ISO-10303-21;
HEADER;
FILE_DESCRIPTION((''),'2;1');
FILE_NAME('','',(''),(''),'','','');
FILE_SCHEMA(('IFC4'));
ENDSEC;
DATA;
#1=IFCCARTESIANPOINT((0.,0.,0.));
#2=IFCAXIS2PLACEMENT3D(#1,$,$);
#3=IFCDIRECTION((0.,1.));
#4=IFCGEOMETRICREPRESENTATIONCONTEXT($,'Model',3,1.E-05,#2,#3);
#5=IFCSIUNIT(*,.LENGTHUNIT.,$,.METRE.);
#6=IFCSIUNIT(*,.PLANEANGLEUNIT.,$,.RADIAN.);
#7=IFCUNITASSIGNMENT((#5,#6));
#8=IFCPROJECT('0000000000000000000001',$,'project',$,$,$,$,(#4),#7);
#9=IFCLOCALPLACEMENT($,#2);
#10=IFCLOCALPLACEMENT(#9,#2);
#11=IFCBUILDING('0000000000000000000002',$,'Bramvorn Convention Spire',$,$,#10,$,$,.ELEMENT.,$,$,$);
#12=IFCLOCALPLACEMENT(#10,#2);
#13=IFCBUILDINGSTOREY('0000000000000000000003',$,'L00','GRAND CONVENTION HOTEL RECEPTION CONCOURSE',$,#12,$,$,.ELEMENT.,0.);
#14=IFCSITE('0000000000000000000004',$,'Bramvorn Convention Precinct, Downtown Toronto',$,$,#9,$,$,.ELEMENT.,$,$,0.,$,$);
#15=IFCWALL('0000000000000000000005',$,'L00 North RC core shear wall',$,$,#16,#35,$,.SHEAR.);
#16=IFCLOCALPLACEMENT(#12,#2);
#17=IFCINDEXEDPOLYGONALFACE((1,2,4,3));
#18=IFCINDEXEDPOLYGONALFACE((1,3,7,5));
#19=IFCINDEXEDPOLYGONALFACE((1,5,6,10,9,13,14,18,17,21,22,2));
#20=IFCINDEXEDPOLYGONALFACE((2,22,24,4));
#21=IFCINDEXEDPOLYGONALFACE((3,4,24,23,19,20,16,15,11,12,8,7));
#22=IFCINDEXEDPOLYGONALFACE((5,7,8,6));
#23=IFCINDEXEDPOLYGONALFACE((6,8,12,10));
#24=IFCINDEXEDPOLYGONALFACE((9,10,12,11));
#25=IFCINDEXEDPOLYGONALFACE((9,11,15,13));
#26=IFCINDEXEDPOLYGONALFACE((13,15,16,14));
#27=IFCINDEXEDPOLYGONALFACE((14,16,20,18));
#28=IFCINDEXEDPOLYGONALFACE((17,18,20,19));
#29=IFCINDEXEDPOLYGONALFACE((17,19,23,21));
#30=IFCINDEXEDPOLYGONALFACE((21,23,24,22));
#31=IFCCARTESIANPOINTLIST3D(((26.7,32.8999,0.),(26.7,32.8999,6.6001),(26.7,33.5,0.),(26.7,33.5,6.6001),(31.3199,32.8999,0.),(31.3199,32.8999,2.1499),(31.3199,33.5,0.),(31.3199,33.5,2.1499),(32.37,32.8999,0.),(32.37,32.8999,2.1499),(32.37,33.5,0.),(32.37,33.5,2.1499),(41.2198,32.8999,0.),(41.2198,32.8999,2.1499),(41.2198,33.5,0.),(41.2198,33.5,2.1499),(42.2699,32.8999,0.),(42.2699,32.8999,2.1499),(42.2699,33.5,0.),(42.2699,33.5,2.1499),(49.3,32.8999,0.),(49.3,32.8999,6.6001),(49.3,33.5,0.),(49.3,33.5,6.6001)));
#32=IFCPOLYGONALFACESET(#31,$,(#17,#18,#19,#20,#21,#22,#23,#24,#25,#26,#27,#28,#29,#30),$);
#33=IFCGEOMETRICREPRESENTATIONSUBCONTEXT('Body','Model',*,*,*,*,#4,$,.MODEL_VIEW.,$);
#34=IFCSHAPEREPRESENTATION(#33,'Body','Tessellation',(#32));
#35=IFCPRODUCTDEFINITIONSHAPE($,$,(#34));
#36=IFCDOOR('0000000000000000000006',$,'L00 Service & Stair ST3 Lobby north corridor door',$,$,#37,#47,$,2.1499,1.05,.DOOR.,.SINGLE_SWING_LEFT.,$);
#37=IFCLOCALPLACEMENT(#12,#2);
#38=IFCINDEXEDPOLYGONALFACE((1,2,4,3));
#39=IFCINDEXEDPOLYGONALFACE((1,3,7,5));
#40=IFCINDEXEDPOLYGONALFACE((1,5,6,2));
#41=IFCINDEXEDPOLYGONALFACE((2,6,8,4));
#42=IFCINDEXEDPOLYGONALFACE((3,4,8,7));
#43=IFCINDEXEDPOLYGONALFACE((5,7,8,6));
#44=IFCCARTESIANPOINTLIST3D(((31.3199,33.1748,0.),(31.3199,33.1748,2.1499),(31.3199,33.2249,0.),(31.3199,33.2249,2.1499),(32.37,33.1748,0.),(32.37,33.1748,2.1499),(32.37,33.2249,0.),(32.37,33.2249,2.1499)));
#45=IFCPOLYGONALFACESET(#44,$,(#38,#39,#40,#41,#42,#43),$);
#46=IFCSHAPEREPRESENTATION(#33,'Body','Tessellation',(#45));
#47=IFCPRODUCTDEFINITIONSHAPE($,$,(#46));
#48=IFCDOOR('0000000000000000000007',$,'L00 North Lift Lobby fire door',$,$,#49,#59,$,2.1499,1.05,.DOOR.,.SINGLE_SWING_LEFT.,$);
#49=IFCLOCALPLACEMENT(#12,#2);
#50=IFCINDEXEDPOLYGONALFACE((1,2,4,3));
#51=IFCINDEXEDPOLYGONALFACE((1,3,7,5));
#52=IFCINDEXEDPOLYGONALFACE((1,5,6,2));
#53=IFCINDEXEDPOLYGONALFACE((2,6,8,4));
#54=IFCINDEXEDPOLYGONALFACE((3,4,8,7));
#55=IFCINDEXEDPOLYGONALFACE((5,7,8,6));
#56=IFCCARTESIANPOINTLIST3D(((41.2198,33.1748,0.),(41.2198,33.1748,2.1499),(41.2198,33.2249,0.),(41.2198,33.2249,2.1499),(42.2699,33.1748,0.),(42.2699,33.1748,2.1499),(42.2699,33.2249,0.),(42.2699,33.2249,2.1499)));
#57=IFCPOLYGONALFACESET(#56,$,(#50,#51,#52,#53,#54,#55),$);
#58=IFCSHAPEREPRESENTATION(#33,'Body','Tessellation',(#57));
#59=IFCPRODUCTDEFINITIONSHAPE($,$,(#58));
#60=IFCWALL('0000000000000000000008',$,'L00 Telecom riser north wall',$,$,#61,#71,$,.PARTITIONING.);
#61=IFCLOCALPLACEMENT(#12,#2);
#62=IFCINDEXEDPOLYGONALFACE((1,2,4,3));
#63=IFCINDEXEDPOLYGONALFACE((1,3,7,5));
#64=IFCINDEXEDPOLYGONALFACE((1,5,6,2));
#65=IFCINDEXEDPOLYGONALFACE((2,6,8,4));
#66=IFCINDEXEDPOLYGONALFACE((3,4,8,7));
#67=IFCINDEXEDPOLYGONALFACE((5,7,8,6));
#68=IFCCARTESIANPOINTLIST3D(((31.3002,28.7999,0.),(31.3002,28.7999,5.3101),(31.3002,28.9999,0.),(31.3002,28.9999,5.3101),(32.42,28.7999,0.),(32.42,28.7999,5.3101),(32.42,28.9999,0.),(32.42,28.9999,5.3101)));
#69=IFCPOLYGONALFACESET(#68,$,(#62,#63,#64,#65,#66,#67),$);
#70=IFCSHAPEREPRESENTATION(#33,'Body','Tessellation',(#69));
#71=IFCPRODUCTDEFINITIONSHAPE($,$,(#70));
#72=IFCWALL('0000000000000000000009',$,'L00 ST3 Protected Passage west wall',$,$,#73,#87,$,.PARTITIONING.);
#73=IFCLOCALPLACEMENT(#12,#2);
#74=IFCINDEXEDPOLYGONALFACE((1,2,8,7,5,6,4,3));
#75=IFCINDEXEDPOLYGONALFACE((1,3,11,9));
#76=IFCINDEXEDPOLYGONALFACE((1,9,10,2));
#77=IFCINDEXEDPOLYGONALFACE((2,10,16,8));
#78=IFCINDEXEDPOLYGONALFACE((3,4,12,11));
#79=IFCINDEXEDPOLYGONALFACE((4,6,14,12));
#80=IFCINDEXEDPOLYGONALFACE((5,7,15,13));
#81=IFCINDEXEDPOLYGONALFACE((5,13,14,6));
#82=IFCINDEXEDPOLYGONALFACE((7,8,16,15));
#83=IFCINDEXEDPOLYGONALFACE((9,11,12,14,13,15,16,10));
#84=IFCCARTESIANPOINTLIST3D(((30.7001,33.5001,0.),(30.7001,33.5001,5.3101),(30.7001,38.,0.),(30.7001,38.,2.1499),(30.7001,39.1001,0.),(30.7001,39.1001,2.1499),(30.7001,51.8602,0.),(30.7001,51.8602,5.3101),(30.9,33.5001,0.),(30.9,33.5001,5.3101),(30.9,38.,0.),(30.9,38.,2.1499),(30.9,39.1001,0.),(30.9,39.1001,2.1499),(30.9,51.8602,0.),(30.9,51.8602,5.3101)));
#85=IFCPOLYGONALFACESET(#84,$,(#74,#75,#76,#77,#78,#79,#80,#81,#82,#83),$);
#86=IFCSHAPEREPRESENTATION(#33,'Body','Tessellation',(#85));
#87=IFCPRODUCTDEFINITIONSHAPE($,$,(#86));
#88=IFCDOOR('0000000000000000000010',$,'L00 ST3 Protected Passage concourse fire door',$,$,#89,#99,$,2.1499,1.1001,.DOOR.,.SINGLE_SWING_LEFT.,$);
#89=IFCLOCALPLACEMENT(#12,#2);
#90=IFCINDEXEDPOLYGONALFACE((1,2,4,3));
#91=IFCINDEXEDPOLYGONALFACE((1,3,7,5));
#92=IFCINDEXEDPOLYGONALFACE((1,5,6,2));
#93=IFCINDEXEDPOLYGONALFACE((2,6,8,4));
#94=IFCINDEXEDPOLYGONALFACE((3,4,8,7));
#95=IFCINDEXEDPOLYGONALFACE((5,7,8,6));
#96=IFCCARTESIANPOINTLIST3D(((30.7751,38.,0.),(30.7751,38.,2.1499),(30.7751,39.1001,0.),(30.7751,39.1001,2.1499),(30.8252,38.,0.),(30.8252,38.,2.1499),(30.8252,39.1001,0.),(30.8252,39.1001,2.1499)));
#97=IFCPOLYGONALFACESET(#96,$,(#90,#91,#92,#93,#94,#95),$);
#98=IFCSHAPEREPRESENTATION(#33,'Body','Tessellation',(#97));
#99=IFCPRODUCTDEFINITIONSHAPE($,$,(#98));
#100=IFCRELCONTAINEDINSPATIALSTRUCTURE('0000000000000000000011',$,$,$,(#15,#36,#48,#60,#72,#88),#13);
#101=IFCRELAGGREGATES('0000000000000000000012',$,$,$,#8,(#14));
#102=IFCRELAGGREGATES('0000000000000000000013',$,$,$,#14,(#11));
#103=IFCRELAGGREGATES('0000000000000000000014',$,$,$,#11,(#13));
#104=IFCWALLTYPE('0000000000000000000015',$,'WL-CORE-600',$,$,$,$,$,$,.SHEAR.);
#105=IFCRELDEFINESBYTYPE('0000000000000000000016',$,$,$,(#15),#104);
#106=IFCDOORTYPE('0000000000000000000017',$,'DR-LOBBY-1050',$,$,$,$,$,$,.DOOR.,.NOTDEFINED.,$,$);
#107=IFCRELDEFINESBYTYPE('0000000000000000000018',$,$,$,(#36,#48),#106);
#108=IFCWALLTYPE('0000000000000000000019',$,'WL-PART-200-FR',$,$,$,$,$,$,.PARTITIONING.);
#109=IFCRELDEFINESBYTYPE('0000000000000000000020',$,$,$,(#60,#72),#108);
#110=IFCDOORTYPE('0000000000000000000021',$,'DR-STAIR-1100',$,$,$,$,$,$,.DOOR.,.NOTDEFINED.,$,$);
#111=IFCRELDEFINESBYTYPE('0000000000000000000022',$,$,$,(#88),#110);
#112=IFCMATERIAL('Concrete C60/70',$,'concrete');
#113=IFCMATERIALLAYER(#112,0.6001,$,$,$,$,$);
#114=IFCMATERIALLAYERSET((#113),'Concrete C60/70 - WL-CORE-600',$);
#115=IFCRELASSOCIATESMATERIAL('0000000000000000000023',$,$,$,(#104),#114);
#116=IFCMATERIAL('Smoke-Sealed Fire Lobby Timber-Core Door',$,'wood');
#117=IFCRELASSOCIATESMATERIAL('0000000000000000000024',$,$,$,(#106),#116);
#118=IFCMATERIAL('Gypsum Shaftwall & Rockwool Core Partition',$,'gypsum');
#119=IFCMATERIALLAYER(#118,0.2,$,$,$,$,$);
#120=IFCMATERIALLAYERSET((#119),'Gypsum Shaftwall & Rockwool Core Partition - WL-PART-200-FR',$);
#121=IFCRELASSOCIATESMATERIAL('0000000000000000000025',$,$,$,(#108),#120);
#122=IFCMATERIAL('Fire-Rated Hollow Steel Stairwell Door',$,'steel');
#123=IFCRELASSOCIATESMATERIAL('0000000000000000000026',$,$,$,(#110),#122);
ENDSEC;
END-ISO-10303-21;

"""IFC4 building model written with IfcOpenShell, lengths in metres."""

from ifc_helpers import new_model, si_unit, direction, frame, frame_2d, origin, place, context, subcontext, project, spatial, rectangle, extrude, material, layer, layer_set, type_object, element, fill, save


model = new_model("IFC4")

# Units and contexts
model_context = context("Model", 3, precision=1e-05, world=origin(), true_north=direction((0.0, 1.0)))
body_context = subcontext(model_context, "Body", "Model", "MODEL_VIEW")
ifc_project = project(units=[si_unit("LENGTHUNIT", "METRE"), si_unit("PLANEANGLEUNIT", "RADIAN")], contexts=[model_context])

# Site, building, storey
site_placement = place(None, origin())
site = spatial("IfcSite", under=ifc_project, at=site_placement, Name="Bramvorn Convention Precinct, Downtown Toronto", CompositionType="ELEMENT", RefElevation=0.0)
building_placement = place(site_placement, origin())
building = spatial("IfcBuilding", under=site, at=building_placement, Name="Bramvorn Convention Spire", CompositionType="ELEMENT")
storey_placement = place(building_placement, origin())
storey = spatial("IfcBuildingStorey", under=building, at=storey_placement, Name="L00", Description="GRAND CONVENTION HOTEL RECEPTION CONCOURSE", CompositionType="ELEMENT", Elevation=0.0)

# Wall, openings, doors
ifc_material_1 = material(Name="Concrete C60/70", Category="concrete")
ifc_layer_1 = layer(ifc_material_1, 0.6001)
ifc_layer_set_1 = layer_set([ifc_layer_1], Name="Concrete C60/70 - WL-CORE-600")
wall_type_1 = type_object("IfcWallType", Name="WL-CORE-600", PredefinedType="SHEAR", material=ifc_layer_set_1)
wall_1_placement = place(storey_placement, frame((26.7, 33.2, 0.0), z_axis=(0.0, 0.0, 1.0), x_axis=(1.0, 0.0, 0.0)))
wall_1 = element("IfcWall", 1, at=wall_1_placement, inside=storey, type_object=wall_type_1, Name="L00 North RC core shear wall", PredefinedType="SHEAR", context=body_context, shape_type="SweptSolid", body=[
    extrude(rectangle(XDim=22.6001, YDim=0.6001, at=frame_2d((11.3, 0.0))), origin(), (0.0, 0.0, 1.0), 6.6001),
])
opening_1_placement = place(wall_1_placement, frame((4.6201, 0.0, 0.0)))
opening_1 = element("IfcOpeningElement", 2, at=opening_1_placement, cuts=wall_1, PredefinedType="OPENING", context=body_context, shape_type="SweptSolid", body=[
    extrude(rectangle(XDim=1.05, YDim=2.1499, at=frame_2d((0.5249, 1.075))), frame((0.0, 0.3101, 0.0), z_axis=(0.0, -1.0, 0.0), x_axis=(1.0, 0.0, 0.0)), (0.0, 0.0, 1.0), 0.6201),
])
opening_2_placement = place(wall_1_placement, frame((14.52, 0.0, 0.0)))
opening_2 = element("IfcOpeningElement", 3, at=opening_2_placement, cuts=wall_1, PredefinedType="OPENING", context=body_context, shape_type="SweptSolid", body=[
    extrude(rectangle(XDim=1.05, YDim=2.1499, at=frame_2d((0.5249, 1.075))), frame((0.0, 0.3101, 0.0), z_axis=(0.0, -1.0, 0.0), x_axis=(1.0, 0.0, 0.0)), (0.0, 0.0, 1.0), 0.6201),
])
ifc_material_2 = material(Name="Smoke-Sealed Fire Lobby Timber-Core Door", Category="wood")
door_type_1 = type_object("IfcDoorType", Name="DR-LOBBY-1050", OperationType="NOTDEFINED", PredefinedType="DOOR", material=ifc_material_2)
door_1_placement = place(opening_1_placement, origin())
door_1 = element("IfcDoor", 4, at=door_1_placement, inside=storey, type_object=door_type_1, Name="L00 Service & Stair ST3 Lobby north corridor door", OperationType="SINGLE_SWING_LEFT", OverallHeight=2.1499, OverallWidth=1.05, PredefinedType="DOOR", context=body_context, shape_type="SweptSolid", body=[
    extrude(rectangle(XDim=1.05, YDim=2.1499, at=frame_2d((0.5249, 1.075))), frame((0.0, 0.0249, 0.0), z_axis=(0.0, -1.0, 0.0), x_axis=(1.0, 0.0, 0.0)), (0.0, 0.0, 1.0), 0.05),
])
fill(opening_1, door_1)
door_2_placement = place(opening_2_placement, origin())
door_2 = element("IfcDoor", 5, at=door_2_placement, inside=storey, type_object=door_type_1, Name="L00 North Lift Lobby fire door", OperationType="SINGLE_SWING_LEFT", OverallHeight=2.1499, OverallWidth=1.05, PredefinedType="DOOR", context=body_context, shape_type="SweptSolid", body=[
    extrude(rectangle(XDim=1.05, YDim=2.1499, at=frame_2d((0.5249, 1.075))), frame((0.0, 0.0249, 0.0), z_axis=(0.0, -1.0, 0.0), x_axis=(1.0, 0.0, 0.0)), (0.0, 0.0, 1.0), 0.05),
])
fill(opening_2, door_2)

# Wall
ifc_material_3 = material(Name="Gypsum Shaftwall & Rockwool Core Partition", Category="gypsum")
ifc_layer_2 = layer(ifc_material_3, 0.2)
ifc_layer_set_2 = layer_set([ifc_layer_2], Name="Gypsum Shaftwall & Rockwool Core Partition - WL-PART-200-FR")
wall_type_2 = type_object("IfcWallType", Name="WL-PART-200-FR", PredefinedType="PARTITIONING", material=ifc_layer_set_2)
wall_2_placement = place(storey_placement, frame((31.3, 28.8999, 0.0), z_axis=(0.0, 0.0, 1.0), x_axis=(1.0, 0.0, 0.0)))
element("IfcWall", 6, at=wall_2_placement, inside=storey, type_object=wall_type_2, Name="L00 Telecom riser north wall", PredefinedType="PARTITIONING", context=body_context, shape_type="SweptSolid", body=[
    extrude(rectangle(XDim=1.1199, YDim=0.2, at=frame_2d((0.5601, 0.0))), origin(), (0.0, 0.0, 1.0), 5.3101),
])

# Wall, opening, door
wall_3_placement = place(storey_placement, frame((30.8, 33.5, 0.0), z_axis=(0.0, 0.0, 1.0), x_axis=(0.0, 1.0, 0.0)))
wall_3 = element("IfcWall", 7, at=wall_3_placement, inside=storey, type_object=wall_type_2, Name="L00 ST3 Protected Passage west wall", PredefinedType="PARTITIONING", context=body_context, shape_type="SweptSolid", body=[
    extrude(rectangle(XDim=18.3601, YDim=0.2, at=frame_2d((9.1802, 0.0))), origin(), (0.0, 0.0, 1.0), 5.3101),
])
opening_3_placement = place(wall_3_placement, frame((4.5, 0.0, 0.0)))
opening_3 = element("IfcOpeningElement", 8, at=opening_3_placement, cuts=wall_3, PredefinedType="OPENING", context=body_context, shape_type="SweptSolid", body=[
    extrude(rectangle(XDim=1.1001, YDim=2.1499, at=frame_2d((0.55, 1.075))), frame((0.0, 0.1099, 0.0), z_axis=(0.0, -1.0, 0.0), x_axis=(1.0, 0.0, 0.0)), (0.0, 0.0, 1.0), 0.22),
])
ifc_material_4 = material(Name="Fire-Rated Hollow Steel Stairwell Door", Category="steel")
door_type_2 = type_object("IfcDoorType", Name="DR-STAIR-1100", OperationType="NOTDEFINED", PredefinedType="DOOR", material=ifc_material_4)
door_3_placement = place(opening_3_placement, origin())
door_3 = element("IfcDoor", 9, at=door_3_placement, inside=storey, type_object=door_type_2, Name="L00 ST3 Protected Passage concourse fire door", OperationType="SINGLE_SWING_LEFT", OverallHeight=2.1499, OverallWidth=1.1001, PredefinedType="DOOR", context=body_context, shape_type="SweptSolid", body=[
    extrude(rectangle(XDim=1.1001, YDim=2.1499, at=frame_2d((0.55, 1.075))), frame((0.0, 0.0249, 0.0), z_axis=(0.0, -1.0, 0.0), x_axis=(1.0, 0.0, 0.0)), (0.0, 0.0, 1.0), 0.05),
])
fill(opening_3, door_3)

save(model, "model.ifc")
